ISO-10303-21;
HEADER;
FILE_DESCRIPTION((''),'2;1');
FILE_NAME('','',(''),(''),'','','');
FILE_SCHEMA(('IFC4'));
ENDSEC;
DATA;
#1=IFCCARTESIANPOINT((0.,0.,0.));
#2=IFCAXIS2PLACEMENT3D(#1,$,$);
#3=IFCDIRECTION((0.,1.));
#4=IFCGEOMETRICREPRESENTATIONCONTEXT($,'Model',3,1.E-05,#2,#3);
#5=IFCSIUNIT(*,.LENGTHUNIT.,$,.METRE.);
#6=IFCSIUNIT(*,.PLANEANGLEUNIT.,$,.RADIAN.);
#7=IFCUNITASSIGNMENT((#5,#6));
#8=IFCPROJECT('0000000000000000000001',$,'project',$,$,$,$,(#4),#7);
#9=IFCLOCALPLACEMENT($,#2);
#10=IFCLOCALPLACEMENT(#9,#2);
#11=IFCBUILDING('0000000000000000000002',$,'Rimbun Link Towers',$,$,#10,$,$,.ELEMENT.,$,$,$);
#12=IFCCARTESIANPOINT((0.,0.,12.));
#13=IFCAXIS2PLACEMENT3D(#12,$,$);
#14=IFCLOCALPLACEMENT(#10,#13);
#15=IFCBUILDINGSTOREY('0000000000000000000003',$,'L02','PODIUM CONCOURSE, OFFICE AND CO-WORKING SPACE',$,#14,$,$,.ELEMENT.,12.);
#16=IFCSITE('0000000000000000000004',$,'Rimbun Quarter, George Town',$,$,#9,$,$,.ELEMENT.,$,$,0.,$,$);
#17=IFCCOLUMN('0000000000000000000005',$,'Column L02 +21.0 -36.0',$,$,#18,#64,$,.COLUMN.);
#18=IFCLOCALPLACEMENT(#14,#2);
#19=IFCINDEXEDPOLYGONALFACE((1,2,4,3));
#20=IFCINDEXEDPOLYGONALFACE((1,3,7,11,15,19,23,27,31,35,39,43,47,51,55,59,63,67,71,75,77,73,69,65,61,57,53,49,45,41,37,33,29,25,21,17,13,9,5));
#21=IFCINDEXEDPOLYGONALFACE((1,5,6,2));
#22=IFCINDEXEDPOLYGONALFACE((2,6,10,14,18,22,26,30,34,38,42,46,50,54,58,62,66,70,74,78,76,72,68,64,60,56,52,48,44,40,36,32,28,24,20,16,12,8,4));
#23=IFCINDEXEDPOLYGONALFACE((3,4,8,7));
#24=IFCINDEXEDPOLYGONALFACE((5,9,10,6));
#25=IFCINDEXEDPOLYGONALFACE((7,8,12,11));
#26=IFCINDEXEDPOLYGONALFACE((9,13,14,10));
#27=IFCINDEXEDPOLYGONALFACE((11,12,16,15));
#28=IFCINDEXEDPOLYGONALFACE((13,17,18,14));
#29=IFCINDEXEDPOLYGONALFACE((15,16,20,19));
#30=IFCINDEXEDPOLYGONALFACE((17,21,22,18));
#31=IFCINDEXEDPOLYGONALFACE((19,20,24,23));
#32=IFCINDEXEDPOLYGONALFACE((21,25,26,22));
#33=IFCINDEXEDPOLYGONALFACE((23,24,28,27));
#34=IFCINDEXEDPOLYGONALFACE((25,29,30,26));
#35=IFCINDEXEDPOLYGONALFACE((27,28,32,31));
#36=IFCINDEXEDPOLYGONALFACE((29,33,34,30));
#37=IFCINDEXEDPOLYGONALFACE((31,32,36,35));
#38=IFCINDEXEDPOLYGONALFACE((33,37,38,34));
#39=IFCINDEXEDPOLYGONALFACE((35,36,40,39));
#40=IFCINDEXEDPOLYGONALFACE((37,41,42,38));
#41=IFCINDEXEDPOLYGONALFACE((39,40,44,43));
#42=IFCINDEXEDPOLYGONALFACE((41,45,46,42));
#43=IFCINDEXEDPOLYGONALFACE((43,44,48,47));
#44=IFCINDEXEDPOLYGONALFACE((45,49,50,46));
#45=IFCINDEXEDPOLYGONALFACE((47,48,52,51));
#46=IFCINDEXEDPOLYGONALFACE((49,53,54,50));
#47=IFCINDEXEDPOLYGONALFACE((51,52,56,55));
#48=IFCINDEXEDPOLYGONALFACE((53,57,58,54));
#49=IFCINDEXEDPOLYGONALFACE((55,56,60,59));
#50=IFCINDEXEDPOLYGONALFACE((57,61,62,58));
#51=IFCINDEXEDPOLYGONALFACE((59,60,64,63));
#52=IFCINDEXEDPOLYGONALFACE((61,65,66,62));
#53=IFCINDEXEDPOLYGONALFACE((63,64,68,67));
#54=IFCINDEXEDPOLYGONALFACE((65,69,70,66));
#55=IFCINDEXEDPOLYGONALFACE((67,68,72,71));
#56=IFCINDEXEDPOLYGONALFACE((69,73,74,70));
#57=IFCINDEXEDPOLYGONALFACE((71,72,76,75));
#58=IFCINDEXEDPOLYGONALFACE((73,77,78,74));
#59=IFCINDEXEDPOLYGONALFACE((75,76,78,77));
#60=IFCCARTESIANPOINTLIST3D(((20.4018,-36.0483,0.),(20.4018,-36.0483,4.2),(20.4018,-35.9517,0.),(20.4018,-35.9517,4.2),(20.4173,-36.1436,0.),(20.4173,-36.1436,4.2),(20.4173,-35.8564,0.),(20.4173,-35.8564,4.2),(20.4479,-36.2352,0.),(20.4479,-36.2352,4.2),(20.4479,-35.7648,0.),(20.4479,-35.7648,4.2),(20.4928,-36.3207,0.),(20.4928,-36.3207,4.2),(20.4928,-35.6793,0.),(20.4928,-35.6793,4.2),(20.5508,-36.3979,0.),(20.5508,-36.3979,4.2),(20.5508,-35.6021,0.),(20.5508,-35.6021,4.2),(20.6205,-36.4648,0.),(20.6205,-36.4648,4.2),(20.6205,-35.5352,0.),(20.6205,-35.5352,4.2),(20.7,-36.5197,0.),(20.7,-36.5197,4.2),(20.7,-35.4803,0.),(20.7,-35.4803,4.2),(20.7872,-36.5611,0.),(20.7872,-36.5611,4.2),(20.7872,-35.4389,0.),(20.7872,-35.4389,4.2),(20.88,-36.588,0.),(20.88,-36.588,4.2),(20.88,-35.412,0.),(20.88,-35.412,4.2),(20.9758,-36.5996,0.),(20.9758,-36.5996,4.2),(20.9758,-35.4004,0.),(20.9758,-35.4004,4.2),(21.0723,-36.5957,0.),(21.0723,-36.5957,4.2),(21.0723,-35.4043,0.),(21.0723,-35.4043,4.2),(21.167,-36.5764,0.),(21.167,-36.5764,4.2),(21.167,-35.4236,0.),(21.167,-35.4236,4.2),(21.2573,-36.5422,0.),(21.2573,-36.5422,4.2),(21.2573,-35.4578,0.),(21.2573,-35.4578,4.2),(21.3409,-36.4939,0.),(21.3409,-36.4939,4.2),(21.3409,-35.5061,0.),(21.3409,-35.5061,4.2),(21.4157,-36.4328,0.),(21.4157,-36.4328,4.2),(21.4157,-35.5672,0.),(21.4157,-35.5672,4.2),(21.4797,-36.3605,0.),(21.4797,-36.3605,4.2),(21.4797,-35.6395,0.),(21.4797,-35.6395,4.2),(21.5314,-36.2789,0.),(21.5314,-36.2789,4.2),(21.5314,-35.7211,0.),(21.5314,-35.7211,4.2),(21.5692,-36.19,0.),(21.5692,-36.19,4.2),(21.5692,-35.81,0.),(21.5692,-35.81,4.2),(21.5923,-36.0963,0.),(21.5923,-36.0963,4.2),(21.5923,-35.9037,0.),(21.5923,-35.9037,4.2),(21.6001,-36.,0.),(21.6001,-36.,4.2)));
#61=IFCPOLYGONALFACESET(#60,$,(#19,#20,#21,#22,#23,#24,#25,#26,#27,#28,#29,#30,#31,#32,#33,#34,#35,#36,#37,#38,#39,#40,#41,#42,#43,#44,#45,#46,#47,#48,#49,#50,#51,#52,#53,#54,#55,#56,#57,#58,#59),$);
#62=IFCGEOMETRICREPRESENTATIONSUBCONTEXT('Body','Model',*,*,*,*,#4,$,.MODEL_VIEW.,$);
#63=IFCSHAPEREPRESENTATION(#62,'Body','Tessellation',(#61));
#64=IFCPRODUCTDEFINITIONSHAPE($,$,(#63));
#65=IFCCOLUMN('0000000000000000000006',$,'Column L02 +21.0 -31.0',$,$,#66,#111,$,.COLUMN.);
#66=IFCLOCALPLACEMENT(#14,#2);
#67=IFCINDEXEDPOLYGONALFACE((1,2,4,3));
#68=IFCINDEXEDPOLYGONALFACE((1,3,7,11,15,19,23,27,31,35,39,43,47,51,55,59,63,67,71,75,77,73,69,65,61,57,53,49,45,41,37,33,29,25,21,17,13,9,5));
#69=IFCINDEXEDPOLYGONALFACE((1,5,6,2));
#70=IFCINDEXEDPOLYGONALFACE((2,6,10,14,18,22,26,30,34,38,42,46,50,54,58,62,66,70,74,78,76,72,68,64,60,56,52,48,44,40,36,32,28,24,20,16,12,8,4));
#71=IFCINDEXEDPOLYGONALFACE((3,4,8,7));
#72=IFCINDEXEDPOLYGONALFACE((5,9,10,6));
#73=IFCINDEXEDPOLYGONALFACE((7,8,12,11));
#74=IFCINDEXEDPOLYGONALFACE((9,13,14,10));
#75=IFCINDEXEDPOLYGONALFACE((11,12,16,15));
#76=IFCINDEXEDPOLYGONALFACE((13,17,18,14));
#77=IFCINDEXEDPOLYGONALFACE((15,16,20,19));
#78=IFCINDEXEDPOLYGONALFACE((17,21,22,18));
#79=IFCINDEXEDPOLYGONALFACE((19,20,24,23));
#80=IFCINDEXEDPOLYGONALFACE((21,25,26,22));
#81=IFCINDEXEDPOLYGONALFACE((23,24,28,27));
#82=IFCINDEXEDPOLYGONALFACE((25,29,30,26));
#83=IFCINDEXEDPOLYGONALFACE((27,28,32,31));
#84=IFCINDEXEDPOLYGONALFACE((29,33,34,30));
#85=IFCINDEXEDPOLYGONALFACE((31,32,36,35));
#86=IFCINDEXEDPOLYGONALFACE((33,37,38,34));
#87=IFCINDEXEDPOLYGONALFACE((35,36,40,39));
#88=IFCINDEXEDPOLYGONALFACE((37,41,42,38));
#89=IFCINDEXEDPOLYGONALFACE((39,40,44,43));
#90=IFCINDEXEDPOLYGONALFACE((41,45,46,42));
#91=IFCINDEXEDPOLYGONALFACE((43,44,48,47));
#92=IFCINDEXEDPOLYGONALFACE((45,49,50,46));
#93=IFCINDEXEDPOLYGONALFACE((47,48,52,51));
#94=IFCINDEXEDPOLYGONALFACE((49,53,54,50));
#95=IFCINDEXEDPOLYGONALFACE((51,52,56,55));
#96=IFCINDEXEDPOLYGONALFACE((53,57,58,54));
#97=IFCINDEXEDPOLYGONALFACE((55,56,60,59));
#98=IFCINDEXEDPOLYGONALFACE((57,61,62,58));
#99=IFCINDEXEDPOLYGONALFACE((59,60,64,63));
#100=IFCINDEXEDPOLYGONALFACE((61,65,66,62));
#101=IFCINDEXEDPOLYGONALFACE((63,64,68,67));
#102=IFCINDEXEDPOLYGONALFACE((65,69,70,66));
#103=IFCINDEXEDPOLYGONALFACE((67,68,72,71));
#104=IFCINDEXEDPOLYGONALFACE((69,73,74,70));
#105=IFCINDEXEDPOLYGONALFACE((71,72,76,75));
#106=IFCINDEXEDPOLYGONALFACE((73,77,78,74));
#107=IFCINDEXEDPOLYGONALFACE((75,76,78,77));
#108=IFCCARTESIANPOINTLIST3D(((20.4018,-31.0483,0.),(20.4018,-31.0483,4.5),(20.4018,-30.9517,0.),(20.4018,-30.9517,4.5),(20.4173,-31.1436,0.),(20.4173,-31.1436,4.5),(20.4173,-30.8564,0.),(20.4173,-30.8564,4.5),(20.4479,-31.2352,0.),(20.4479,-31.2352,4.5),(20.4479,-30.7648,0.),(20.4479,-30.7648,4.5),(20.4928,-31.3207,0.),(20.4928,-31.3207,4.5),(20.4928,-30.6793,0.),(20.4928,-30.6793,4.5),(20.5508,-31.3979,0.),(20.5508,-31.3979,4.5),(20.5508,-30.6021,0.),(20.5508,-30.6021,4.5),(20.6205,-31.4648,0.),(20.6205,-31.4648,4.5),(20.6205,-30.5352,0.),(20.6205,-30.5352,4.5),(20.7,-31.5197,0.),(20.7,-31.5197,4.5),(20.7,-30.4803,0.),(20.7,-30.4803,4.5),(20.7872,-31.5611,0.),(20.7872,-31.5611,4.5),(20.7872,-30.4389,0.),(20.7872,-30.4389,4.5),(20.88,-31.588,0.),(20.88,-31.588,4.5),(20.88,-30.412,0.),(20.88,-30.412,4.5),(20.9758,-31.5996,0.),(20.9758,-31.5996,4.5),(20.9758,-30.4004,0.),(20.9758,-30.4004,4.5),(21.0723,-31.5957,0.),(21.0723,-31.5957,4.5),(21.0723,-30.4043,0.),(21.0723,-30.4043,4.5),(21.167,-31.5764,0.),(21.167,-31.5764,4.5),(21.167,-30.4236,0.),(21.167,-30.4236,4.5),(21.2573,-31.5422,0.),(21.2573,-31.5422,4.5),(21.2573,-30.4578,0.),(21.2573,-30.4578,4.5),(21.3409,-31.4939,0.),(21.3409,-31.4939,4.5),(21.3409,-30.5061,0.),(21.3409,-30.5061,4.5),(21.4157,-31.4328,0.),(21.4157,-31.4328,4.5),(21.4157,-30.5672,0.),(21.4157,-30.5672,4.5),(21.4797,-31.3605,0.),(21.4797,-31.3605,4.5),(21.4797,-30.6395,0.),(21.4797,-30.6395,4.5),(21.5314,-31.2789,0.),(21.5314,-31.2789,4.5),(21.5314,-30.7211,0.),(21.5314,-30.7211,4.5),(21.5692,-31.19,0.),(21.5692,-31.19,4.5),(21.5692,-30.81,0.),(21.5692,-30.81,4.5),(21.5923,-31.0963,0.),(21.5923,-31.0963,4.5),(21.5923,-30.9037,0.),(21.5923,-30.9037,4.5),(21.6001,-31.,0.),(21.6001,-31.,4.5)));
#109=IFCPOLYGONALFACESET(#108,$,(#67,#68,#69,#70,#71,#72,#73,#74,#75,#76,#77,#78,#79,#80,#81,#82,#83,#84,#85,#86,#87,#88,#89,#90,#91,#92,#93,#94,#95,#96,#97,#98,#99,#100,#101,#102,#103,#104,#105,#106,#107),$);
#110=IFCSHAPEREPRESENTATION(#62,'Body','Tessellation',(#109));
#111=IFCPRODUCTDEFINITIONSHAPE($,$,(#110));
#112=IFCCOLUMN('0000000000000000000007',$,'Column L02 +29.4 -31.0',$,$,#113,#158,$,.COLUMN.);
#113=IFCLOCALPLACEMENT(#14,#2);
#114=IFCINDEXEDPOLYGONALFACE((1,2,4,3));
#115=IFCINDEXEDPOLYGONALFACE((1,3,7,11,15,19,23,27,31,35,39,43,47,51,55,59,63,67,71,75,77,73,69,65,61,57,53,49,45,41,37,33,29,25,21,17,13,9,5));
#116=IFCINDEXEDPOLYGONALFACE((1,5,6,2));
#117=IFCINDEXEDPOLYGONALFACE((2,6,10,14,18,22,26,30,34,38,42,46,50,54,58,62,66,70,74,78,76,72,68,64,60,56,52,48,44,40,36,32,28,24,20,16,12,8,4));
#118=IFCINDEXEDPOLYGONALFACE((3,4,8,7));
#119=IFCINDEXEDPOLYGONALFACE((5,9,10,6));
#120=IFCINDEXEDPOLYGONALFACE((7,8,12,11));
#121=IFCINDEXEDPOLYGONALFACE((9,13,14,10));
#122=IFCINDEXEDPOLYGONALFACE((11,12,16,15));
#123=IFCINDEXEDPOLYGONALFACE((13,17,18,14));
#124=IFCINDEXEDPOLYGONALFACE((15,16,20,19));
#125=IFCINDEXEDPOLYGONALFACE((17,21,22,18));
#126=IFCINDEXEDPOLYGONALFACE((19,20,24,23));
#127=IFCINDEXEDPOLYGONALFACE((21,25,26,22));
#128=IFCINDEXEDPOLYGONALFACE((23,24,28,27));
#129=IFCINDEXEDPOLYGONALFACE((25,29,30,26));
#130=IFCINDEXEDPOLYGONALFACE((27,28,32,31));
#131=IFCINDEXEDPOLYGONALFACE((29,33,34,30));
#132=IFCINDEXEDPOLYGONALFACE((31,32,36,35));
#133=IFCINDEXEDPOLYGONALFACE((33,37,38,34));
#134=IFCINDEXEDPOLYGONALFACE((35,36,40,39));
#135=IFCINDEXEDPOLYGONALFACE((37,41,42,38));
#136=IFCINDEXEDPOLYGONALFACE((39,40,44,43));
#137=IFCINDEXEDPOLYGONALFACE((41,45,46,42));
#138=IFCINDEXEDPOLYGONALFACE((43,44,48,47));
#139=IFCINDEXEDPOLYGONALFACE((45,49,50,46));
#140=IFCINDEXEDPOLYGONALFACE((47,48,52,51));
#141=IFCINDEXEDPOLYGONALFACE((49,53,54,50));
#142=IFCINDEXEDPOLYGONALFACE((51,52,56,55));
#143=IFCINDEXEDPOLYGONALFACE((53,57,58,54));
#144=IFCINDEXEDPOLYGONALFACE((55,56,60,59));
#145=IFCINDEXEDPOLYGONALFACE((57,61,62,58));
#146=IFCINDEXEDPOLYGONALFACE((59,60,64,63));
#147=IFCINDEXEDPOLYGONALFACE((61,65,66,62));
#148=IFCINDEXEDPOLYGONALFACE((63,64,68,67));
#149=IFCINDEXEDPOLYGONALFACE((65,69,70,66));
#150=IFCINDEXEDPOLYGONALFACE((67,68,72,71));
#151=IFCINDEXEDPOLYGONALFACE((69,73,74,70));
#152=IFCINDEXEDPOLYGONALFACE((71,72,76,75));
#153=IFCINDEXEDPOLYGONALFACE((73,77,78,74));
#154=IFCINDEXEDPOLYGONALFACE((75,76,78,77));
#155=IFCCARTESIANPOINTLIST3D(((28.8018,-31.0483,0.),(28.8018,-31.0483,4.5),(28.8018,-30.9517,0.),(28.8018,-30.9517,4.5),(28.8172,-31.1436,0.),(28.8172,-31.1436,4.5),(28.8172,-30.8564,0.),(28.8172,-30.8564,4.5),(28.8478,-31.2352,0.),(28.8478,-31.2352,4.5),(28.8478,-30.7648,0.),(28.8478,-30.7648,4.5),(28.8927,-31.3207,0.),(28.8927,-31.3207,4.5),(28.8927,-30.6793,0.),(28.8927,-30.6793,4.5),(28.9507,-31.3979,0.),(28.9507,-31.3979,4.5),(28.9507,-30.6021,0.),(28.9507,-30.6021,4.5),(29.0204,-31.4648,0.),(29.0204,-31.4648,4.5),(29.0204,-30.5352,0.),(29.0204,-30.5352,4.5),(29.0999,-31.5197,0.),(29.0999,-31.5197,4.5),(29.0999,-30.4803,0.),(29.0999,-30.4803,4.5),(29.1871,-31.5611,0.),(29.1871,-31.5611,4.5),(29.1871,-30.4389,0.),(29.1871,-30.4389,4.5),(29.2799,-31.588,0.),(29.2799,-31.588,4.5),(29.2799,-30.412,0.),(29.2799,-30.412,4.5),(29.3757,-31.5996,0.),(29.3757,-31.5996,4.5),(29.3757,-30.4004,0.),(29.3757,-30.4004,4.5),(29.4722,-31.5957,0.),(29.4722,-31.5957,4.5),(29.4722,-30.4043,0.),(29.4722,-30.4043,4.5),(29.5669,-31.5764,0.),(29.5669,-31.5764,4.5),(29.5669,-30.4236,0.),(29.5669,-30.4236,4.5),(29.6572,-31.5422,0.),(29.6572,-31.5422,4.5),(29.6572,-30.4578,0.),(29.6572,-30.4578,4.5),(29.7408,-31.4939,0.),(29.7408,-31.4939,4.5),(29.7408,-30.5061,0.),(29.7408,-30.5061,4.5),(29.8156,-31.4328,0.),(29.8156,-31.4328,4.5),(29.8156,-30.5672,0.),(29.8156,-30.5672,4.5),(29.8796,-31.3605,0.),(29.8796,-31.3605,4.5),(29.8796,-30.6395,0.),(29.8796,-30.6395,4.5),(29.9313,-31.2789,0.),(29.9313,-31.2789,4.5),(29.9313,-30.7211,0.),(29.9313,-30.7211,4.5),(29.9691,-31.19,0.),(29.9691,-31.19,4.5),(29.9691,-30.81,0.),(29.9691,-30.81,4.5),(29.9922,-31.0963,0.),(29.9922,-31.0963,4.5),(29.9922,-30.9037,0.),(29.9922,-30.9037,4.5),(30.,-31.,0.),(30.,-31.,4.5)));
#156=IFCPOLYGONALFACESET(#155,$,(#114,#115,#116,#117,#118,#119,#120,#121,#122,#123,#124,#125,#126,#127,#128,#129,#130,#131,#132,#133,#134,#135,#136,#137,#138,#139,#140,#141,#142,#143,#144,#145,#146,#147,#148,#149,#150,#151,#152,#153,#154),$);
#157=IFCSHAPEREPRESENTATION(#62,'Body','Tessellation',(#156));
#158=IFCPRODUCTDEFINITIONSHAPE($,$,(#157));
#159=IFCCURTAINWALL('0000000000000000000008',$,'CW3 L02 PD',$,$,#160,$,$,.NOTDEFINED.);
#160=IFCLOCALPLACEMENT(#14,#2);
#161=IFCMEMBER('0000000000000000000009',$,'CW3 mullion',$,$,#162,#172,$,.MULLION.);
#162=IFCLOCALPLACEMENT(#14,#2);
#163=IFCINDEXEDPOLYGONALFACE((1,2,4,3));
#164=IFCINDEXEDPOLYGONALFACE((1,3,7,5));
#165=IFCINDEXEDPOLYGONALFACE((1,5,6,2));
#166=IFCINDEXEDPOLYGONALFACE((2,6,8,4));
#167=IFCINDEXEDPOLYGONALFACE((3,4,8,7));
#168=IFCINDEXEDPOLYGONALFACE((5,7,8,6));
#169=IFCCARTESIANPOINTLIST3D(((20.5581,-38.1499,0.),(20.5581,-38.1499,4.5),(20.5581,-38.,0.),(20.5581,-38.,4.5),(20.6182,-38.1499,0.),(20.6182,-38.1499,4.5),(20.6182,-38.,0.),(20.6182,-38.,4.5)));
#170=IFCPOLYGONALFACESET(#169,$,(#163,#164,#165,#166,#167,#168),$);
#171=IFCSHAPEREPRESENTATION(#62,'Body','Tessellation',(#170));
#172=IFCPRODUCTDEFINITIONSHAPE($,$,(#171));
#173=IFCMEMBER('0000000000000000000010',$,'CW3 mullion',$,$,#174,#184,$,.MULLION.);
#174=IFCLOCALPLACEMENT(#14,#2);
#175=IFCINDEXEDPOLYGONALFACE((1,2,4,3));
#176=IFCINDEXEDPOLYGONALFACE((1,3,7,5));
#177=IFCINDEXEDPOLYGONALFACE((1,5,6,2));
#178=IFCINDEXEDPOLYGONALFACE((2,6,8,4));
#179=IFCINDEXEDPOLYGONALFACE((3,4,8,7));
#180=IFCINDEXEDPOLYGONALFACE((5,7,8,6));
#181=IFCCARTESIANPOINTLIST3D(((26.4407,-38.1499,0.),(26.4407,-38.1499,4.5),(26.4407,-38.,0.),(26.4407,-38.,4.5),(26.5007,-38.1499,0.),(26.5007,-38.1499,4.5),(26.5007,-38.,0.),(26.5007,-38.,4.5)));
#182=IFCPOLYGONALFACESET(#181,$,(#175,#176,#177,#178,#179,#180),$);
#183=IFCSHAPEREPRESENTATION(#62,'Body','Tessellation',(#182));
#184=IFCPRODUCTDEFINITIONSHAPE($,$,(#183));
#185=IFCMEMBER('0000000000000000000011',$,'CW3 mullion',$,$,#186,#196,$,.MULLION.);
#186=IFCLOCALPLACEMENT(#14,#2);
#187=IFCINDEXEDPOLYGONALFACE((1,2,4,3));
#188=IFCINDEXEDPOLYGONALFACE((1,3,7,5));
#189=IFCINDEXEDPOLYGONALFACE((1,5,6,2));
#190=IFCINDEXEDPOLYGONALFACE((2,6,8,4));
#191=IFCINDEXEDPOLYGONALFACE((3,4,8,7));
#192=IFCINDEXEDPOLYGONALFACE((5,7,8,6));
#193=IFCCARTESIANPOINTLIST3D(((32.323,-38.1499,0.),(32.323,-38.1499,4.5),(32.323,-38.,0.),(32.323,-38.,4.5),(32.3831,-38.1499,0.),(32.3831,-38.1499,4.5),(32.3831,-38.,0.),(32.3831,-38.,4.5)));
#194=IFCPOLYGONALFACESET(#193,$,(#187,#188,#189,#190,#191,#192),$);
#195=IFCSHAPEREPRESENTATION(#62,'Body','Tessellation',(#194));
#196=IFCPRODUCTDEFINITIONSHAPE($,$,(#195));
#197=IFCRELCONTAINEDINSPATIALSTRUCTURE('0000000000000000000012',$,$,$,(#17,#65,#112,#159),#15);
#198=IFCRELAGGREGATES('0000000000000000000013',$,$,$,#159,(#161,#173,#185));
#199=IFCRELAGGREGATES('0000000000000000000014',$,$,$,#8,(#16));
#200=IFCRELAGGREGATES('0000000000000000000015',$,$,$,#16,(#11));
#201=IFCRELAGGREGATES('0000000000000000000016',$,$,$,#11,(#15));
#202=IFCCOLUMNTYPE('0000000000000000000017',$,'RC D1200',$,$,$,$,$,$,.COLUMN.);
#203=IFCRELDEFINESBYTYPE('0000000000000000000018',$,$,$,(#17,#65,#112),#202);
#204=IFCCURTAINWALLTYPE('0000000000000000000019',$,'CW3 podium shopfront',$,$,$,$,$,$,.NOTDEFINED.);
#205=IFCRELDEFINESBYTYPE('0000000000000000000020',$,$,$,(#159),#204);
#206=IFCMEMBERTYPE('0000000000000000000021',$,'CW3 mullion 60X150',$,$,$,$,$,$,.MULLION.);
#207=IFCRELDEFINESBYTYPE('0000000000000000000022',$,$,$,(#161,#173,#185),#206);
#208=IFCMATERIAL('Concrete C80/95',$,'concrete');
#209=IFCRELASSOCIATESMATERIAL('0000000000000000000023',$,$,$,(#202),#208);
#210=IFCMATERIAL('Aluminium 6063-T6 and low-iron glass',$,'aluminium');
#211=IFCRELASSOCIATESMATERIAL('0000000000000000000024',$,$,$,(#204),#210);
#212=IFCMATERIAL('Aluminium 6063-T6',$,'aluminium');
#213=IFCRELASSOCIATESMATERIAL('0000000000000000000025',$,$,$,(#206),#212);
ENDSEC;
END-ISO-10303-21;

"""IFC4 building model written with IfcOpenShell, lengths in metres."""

from ifc_helpers import new_model, si_unit, direction, frame, origin, origin_2d, place, context, subcontext, project, spatial, rectangle, circle, extrude, material, material_profile, profile_set, type_object, element, aggregate, save


model = new_model("IFC4")

# Units and contexts
model_context = context("Model", 3, precision=1e-05, world=origin(), true_north=direction((0.0, 1.0)))
body_context = subcontext(model_context, "Body", "Model", "MODEL_VIEW")
ifc_project = project(units=[si_unit("LENGTHUNIT", "METRE"), si_unit("PLANEANGLEUNIT", "RADIAN")], contexts=[model_context])

# Site, building, storey
site_placement = place(None, origin())
site = spatial("IfcSite", under=ifc_project, at=site_placement, Name="Rimbun Quarter, George Town", CompositionType="ELEMENT", RefElevation=0.0)
building_placement = place(site_placement, origin())
building = spatial("IfcBuilding", under=site, at=building_placement, Name="Rimbun Link Towers", CompositionType="ELEMENT")
storey_placement = place(building_placement, frame((0.0, 0.0, 12.0)))
storey = spatial("IfcBuildingStorey", under=building, at=storey_placement, Name="L02", Description="PODIUM CONCOURSE, OFFICE AND CO-WORKING SPACE", CompositionType="ELEMENT", Elevation=12.0)

# Columns
ifc_material_1 = material(Name="Concrete C80/95", Category="concrete")
ifc_material_profile_1 = material_profile(ifc_material_1, circle(Radius=0.6001, at=origin_2d()), Name="RC D1200")
ifc_profile_set_1 = profile_set([ifc_material_profile_1], Name="Concrete C80/95")
column_type = type_object("IfcColumnType", Name="RC D1200", PredefinedType="COLUMN", material=ifc_profile_set_1)
column_placement = place(storey_placement, frame((21.0, -36.0, 0.0), z_axis=(0.0, 0.0, 1.0), x_axis=(1.0, 0.0, 0.0)))
element("IfcColumn", 1, at=column_placement, inside=storey, type_object=column_type, Name="Column L02 +21.0 -36.0", PredefinedType="COLUMN", context=body_context, shape_type="SweptSolid", body=[
    extrude(circle(Radius=0.6001, at=origin_2d()), origin(), (0.0, 0.0, 1.0), 4.2),
])
for number, where, z_axis, x_axis, name in (
    (2, (21.0, -31.0, 0.0), (0.0, 0.0, 1.0), (1.0, 0.0, 0.0), "Column L02 +21.0 -31.0"),
    (3, (29.3999, -31.0, 0.0), (0.0, 0.0, 1.0), (1.0, 0.0, 0.0), "Column L02 +29.4 -31.0"),
):
    element("IfcColumn", number, at=place(storey_placement, frame(where, z_axis=z_axis, x_axis=x_axis)), inside=storey, type_object=column_type, Name=name, PredefinedType="COLUMN", context=body_context, shape_type="SweptSolid", body=[
        extrude(circle(Radius=0.6001, at=origin_2d()), origin(), (0.0, 0.0, 1.0), 4.5),
    ])

# Curtain wall, members
ifc_material_2 = material(Name="Aluminium 6063-T6 and low-iron glass", Category="aluminium")
curtain_wall_type = type_object("IfcCurtainWallType", Name="CW3 podium shopfront", PredefinedType="NOTDEFINED", material=ifc_material_2)
curtain_wall_placement = place(storey_placement, origin())
curtain_wall = element("IfcCurtainWall", 4, at=curtain_wall_placement, inside=storey, type_object=curtain_wall_type, Name="CW3 L02 PD", PredefinedType="NOTDEFINED")
ifc_material_3 = material(Name="Aluminium 6063-T6", Category="aluminium")
ifc_material_profile_2 = material_profile(ifc_material_3, rectangle(XDim=0.1499, YDim=0.0601, at=origin_2d()), Name="MULLION 60X150")
ifc_profile_set_2 = profile_set([ifc_material_profile_2], Name="Aluminium 6063-T6")
member_type_1 = type_object("IfcMemberType", Name="CW3 mullion 60X150", PredefinedType="MULLION", material=ifc_profile_set_2)
member_1_placement = place(storey_placement, frame((20.5881, -38.075, 0.0), z_axis=(0.0, 0.0, 1.0), x_axis=(0.0, -1.0, 0.0)))
member_1 = element("IfcMember", 5, at=member_1_placement, type_object=member_type_1, Name="CW3 mullion", PredefinedType="MULLION", context=body_context, shape_type="SweptSolid", body=[
    extrude(rectangle(XDim=0.1499, YDim=0.0601, at=origin_2d()), origin(), (0.0, 0.0, 1.0), 4.5),
])
member_2_placement = place(storey_placement, frame((26.4707, -38.075, 0.0), z_axis=(0.0, 0.0, 1.0), x_axis=(0.0, -1.0, 0.0)))
member_2 = element("IfcMember", 6, at=member_2_placement, type_object=member_type_1, Name="CW3 mullion", PredefinedType="MULLION", context=body_context, shape_type="SweptSolid", body=[
    extrude(rectangle(XDim=0.1499, YDim=0.0601, at=origin_2d()), origin(), (0.0, 0.0, 1.0), 4.5),
])
member_3_placement = place(storey_placement, frame((32.353, -38.075, 0.0), z_axis=(0.0, 0.0, 1.0), x_axis=(0.0, -1.0, 0.0)))
member_3 = element("IfcMember", 7, at=member_3_placement, type_object=member_type_1, Name="CW3 mullion", PredefinedType="MULLION", context=body_context, shape_type="SweptSolid", body=[
    extrude(rectangle(XDim=0.1499, YDim=0.0601, at=origin_2d()), origin(), (0.0, 0.0, 1.0), 4.5),
])

aggregate(curtain_wall, [member_1, member_2, member_3])

save(model, "model.ifc")
